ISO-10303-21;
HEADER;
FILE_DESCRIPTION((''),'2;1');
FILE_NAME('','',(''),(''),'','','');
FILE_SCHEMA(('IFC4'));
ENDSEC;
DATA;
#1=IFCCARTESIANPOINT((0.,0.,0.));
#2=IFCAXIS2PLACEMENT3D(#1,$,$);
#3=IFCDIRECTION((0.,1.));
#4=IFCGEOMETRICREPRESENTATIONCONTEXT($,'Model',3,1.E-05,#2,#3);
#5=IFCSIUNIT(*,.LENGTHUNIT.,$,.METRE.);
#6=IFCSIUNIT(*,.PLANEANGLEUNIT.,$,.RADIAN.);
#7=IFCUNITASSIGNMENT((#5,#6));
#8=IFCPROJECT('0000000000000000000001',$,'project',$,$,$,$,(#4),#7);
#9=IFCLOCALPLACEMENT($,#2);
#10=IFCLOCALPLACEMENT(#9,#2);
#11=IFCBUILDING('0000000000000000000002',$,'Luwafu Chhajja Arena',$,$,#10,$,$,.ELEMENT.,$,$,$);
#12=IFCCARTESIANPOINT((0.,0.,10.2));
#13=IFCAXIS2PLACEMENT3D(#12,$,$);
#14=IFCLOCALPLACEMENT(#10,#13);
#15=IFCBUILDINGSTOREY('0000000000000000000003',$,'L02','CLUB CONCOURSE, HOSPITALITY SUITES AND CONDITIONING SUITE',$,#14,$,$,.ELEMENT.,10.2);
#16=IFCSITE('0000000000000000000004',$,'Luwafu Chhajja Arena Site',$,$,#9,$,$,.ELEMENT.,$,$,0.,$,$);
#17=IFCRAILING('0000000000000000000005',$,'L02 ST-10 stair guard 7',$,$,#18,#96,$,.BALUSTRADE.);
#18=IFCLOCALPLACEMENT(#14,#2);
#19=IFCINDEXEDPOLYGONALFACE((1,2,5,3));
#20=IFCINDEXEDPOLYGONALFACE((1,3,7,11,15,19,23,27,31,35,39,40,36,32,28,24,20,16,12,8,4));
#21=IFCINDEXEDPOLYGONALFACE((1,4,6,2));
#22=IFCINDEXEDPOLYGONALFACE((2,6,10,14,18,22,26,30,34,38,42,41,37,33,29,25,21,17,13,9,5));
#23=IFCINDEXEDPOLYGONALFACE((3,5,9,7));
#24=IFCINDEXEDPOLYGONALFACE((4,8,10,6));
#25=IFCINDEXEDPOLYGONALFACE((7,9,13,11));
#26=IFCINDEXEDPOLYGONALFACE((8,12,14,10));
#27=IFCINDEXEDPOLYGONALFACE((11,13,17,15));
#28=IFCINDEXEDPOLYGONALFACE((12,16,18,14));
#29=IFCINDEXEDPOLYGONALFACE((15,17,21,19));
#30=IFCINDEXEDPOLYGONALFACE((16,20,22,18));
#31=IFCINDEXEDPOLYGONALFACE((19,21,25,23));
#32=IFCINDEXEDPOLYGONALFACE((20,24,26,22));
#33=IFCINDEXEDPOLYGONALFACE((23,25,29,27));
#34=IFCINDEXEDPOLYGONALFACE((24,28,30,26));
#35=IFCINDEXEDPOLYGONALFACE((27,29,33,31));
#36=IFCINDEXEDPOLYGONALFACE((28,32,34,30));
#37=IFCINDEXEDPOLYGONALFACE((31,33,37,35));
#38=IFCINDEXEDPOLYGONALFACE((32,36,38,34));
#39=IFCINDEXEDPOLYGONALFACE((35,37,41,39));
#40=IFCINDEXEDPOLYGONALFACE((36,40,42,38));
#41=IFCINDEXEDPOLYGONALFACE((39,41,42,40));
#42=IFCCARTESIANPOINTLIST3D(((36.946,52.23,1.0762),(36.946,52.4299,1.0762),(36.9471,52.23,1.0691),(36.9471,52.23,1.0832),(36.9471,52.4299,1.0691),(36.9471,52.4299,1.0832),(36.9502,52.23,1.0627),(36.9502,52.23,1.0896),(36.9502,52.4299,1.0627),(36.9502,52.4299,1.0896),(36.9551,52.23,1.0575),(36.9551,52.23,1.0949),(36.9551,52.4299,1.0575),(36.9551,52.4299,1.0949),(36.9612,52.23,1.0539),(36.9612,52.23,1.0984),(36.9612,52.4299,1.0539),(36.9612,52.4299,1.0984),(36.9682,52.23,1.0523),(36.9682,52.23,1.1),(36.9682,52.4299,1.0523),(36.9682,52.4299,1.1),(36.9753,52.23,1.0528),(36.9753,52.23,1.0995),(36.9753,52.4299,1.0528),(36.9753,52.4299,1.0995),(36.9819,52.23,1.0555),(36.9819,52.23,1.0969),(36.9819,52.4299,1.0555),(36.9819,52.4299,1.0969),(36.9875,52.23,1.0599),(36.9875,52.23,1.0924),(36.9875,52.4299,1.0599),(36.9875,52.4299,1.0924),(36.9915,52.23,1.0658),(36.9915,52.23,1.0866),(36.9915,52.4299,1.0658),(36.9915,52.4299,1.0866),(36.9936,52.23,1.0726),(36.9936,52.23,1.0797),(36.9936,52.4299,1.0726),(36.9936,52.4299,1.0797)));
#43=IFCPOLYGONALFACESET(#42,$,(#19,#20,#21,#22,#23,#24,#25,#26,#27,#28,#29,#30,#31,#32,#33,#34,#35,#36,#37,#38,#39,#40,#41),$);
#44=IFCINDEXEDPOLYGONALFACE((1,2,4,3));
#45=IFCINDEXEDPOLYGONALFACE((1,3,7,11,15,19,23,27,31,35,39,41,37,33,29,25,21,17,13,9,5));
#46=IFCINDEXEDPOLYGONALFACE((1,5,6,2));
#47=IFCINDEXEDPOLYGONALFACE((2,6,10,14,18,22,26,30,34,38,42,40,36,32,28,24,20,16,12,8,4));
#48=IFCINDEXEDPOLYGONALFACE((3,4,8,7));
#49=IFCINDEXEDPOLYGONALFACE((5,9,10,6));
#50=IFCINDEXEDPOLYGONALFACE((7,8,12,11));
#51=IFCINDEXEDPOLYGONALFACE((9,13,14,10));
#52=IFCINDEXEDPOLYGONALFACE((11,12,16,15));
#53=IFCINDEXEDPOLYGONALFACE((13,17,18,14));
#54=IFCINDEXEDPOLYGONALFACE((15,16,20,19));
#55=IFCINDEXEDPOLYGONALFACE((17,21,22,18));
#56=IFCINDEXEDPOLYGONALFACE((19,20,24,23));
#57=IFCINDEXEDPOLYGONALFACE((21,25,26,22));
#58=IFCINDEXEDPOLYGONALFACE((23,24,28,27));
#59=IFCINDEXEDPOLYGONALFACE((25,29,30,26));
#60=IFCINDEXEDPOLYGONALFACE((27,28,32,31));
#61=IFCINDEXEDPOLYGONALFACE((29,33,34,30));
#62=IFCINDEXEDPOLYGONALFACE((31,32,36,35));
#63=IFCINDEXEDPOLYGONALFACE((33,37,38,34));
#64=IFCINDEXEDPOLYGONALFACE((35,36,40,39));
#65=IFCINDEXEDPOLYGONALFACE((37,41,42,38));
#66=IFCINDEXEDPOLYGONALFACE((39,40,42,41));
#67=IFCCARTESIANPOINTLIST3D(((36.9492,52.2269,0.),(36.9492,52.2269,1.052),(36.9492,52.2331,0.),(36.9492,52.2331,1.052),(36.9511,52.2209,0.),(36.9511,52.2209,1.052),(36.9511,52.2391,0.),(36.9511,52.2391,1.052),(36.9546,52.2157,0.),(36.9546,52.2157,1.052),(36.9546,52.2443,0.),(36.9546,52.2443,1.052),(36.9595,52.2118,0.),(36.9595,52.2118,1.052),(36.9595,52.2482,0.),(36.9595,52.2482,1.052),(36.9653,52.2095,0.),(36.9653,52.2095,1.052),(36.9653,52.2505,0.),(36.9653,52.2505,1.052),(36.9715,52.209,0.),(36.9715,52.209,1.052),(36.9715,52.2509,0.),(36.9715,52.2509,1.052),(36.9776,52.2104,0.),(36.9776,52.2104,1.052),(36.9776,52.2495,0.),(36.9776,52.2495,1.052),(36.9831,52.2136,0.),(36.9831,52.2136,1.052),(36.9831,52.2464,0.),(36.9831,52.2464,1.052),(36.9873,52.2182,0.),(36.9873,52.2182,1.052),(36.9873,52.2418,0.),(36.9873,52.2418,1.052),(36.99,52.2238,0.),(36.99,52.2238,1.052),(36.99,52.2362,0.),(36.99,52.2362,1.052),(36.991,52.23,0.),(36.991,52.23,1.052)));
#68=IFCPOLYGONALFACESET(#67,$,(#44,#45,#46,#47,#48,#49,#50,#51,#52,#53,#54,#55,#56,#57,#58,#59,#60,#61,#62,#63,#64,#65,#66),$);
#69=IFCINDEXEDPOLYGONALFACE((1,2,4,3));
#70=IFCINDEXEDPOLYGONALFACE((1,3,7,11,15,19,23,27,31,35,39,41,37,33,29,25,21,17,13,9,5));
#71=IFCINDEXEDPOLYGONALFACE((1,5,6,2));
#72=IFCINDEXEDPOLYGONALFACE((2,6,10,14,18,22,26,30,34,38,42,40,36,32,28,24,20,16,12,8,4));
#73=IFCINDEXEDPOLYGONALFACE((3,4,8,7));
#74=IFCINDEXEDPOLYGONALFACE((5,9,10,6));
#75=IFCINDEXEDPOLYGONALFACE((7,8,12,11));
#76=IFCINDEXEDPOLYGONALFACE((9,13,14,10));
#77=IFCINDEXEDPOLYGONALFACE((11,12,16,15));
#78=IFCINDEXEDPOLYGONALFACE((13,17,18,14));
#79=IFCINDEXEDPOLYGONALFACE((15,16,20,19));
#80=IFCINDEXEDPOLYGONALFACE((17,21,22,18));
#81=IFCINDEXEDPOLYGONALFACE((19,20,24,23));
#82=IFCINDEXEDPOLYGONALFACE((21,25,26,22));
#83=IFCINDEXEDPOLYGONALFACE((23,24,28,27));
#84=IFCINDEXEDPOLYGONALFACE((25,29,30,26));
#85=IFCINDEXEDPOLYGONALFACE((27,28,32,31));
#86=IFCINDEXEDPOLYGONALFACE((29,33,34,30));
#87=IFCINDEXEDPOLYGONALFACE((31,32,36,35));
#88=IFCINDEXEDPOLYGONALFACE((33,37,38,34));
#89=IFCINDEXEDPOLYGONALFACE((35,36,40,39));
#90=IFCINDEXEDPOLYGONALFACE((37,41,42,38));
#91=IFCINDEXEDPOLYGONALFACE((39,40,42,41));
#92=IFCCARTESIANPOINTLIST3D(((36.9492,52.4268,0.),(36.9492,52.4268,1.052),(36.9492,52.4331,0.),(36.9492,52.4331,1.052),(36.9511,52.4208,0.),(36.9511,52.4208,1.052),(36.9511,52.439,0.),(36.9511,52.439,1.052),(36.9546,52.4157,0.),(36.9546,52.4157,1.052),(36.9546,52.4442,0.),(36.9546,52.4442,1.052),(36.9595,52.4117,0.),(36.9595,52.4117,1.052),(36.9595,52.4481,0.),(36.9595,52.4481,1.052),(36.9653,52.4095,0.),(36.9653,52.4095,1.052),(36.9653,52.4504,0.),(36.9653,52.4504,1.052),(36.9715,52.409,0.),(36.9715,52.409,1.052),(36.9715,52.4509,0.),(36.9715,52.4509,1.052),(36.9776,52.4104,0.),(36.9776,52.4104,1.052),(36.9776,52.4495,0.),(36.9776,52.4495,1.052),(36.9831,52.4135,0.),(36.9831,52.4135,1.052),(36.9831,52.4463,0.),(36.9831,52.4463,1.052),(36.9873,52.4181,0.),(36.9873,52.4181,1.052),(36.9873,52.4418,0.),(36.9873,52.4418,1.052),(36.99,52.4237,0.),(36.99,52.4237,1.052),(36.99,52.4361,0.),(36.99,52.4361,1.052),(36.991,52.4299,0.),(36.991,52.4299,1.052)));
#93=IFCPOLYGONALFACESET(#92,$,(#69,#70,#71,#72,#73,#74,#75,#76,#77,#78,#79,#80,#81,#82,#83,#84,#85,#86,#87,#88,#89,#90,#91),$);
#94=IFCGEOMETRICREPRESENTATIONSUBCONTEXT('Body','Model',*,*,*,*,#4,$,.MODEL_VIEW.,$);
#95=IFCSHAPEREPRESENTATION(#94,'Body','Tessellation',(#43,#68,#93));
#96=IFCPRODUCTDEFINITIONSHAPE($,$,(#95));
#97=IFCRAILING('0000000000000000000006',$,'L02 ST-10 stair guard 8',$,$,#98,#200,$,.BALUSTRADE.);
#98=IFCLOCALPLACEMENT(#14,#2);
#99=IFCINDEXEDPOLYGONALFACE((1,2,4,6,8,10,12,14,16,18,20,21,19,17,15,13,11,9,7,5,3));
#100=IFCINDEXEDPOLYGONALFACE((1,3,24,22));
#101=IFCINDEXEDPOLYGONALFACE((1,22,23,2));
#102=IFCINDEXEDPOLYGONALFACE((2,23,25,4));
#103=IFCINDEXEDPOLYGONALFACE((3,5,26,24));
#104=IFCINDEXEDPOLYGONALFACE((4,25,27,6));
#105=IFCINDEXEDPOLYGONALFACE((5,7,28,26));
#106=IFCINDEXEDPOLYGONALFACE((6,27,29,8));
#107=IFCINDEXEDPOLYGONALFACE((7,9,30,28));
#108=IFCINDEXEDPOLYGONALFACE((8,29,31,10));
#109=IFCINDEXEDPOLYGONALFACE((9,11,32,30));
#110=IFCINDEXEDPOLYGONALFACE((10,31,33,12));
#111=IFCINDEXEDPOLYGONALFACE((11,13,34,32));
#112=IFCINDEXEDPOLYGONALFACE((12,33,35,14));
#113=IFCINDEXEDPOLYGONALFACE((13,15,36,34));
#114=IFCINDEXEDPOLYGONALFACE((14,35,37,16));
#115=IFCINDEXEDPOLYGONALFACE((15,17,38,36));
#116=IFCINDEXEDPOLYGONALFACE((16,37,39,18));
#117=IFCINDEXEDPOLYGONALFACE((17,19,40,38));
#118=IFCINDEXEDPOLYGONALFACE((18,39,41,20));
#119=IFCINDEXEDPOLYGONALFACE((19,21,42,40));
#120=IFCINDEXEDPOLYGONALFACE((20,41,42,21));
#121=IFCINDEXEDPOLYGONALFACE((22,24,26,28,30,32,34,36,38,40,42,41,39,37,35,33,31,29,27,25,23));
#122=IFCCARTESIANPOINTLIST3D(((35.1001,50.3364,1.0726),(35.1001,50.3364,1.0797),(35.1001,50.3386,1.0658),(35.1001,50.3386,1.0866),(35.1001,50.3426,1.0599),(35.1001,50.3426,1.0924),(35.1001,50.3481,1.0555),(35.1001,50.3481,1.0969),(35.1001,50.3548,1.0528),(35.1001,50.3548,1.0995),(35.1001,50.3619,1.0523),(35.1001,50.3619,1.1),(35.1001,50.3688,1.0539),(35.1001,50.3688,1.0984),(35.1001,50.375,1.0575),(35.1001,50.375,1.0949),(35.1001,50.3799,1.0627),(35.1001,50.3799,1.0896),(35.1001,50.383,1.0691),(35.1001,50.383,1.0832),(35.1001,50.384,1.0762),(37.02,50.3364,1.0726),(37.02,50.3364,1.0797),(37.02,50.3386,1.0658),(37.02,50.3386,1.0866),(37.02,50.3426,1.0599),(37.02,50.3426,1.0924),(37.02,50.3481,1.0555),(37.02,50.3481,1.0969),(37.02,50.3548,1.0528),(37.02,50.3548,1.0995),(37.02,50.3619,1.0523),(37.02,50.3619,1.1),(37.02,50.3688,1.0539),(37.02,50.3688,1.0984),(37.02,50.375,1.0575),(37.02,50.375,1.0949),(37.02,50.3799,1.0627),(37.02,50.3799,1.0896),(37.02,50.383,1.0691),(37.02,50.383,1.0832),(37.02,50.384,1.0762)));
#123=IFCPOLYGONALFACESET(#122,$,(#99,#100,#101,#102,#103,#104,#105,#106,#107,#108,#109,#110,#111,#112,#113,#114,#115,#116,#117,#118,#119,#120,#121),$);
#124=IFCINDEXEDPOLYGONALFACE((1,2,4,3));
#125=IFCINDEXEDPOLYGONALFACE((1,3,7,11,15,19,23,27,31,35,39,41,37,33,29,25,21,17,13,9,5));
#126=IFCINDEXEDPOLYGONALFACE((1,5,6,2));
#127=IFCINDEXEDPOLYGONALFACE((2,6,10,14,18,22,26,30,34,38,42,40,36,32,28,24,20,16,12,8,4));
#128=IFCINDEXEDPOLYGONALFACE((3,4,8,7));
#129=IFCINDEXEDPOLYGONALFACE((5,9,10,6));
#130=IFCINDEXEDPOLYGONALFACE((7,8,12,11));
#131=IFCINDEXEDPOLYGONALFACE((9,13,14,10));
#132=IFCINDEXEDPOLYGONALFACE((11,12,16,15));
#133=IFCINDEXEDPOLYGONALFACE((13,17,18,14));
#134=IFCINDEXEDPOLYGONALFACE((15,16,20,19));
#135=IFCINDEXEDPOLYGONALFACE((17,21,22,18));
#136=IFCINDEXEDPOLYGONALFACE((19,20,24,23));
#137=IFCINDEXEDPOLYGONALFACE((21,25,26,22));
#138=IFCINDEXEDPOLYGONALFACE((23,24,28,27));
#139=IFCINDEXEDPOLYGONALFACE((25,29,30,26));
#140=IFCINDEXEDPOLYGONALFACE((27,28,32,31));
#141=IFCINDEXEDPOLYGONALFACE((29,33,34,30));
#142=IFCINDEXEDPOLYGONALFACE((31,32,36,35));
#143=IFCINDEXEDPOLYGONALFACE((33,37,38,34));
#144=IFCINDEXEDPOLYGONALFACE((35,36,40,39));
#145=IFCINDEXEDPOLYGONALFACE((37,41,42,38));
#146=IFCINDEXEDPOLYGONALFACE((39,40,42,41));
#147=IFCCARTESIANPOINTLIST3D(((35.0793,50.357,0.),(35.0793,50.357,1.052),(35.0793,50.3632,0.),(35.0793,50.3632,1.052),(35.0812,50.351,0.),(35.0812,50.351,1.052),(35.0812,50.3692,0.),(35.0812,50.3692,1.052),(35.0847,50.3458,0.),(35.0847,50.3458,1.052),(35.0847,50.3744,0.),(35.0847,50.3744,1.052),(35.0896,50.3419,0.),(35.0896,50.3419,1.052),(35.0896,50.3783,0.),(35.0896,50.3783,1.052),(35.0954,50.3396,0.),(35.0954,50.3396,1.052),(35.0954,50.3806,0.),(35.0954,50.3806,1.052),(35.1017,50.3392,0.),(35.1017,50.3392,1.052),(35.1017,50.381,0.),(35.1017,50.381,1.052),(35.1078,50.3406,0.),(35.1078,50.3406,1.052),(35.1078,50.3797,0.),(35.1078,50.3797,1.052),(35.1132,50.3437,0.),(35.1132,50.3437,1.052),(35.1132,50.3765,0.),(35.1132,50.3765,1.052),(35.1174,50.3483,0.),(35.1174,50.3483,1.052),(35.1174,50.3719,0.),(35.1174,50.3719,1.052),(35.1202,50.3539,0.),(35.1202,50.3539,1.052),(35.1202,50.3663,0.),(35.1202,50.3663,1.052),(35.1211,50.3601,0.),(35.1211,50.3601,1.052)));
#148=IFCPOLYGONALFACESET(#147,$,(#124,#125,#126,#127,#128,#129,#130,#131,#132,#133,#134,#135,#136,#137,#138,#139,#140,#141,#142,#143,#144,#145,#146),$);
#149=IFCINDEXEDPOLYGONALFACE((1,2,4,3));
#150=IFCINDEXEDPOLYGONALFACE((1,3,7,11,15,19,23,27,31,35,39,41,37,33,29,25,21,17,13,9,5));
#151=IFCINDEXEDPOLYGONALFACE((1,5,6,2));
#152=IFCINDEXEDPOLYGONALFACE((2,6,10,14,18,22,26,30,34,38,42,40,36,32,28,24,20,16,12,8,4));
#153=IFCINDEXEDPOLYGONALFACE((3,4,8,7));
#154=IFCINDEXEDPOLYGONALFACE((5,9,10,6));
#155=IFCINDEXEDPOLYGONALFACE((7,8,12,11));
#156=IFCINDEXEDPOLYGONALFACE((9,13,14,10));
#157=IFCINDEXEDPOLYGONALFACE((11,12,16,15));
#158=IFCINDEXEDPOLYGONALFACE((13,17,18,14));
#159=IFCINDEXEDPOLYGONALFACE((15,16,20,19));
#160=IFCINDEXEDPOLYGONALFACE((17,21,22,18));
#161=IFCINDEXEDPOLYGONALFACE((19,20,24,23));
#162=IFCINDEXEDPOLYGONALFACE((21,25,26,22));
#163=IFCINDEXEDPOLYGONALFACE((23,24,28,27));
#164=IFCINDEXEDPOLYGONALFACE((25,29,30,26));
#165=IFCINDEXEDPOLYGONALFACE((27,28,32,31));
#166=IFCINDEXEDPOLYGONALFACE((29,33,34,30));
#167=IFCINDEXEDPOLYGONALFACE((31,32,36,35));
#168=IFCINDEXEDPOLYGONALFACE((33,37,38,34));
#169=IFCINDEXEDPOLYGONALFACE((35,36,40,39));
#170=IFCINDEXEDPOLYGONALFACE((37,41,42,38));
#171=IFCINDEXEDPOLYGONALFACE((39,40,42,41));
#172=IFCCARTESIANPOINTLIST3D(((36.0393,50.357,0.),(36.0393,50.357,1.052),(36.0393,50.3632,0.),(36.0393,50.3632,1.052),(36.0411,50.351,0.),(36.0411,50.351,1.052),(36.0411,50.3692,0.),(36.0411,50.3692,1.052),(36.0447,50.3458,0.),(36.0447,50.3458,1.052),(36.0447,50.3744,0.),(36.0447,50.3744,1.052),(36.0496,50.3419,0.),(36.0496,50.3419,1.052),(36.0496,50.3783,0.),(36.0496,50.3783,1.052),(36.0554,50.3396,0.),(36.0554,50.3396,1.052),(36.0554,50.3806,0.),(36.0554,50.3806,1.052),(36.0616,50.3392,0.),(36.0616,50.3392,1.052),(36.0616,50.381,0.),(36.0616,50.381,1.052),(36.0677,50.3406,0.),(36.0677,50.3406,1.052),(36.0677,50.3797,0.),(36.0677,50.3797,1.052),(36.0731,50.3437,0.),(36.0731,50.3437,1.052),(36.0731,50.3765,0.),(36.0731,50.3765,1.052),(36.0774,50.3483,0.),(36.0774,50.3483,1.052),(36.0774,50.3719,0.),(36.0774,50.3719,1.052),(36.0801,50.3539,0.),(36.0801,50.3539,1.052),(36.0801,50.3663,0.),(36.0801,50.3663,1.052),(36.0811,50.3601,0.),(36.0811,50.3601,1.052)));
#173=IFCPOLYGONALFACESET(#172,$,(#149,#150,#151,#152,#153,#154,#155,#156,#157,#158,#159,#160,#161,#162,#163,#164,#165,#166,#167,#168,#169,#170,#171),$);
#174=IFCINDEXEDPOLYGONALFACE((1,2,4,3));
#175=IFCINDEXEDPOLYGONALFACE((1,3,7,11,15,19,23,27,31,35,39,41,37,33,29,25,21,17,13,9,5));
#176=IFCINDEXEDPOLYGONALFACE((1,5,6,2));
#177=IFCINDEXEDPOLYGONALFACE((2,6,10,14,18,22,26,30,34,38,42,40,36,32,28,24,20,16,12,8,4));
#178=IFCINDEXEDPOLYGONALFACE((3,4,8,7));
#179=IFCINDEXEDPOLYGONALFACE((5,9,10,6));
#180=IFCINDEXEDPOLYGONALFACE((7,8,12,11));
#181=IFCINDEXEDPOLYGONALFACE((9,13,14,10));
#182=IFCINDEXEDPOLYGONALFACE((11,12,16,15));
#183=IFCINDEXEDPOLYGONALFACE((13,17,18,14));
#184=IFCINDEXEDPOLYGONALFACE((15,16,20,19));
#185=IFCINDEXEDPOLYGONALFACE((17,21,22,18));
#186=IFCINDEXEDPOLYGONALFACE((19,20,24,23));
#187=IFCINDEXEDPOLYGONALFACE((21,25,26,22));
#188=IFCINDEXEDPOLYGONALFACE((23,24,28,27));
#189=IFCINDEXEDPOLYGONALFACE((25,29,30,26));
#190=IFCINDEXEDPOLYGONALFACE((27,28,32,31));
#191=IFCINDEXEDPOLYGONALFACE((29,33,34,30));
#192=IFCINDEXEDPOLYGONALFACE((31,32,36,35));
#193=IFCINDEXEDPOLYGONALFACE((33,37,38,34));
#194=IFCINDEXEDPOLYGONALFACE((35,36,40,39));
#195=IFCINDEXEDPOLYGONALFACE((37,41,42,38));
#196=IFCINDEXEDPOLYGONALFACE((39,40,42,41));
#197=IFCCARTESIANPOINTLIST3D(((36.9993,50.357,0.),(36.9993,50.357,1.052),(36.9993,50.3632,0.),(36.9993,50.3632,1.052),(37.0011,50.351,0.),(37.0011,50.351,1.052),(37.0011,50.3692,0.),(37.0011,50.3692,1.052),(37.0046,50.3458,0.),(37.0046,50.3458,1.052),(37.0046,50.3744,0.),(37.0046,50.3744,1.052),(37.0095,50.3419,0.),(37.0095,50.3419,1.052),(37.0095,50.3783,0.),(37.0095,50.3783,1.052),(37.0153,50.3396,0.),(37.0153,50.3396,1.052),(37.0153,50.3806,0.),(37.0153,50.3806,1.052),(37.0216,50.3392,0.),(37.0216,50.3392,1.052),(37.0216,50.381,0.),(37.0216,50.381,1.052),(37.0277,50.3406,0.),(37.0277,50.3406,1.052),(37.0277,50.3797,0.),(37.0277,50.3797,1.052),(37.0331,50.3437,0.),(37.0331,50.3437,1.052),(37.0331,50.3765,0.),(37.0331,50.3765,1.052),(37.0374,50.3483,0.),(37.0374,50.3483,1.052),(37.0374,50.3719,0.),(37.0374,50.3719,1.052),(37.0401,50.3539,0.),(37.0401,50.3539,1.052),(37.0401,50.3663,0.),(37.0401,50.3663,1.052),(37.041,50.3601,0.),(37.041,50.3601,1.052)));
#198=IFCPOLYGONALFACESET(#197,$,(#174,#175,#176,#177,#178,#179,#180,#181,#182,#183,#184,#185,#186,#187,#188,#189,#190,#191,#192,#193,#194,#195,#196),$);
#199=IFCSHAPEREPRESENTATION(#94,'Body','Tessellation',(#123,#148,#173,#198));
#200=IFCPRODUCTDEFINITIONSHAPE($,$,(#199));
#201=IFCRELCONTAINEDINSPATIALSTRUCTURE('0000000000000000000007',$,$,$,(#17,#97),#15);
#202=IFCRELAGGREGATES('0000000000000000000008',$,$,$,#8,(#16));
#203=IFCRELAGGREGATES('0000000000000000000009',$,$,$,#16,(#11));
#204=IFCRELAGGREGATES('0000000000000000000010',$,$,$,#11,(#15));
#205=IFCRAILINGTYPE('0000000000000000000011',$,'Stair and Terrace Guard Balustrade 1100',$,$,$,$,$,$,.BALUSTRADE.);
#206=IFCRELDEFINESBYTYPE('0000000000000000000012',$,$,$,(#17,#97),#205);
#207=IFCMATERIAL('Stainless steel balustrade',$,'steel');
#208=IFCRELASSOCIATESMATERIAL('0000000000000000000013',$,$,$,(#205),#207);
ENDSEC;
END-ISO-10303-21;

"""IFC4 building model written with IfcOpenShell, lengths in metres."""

from ifc_helpers import new_model, si_unit, direction, frame, origin, origin_2d, place, context, subcontext, project, spatial, circle, extrude, material, type_object, element, save


model = new_model("IFC4")

# Units and contexts
model_context = context("Model", 3, precision=1e-05, world=origin(), true_north=direction((0.0, 1.0)))
body_context = subcontext(model_context, "Body", "Model", "MODEL_VIEW")
ifc_project = project(units=[si_unit("LENGTHUNIT", "METRE"), si_unit("PLANEANGLEUNIT", "RADIAN")], contexts=[model_context])

# Site, building, storey
site_placement = place(None, origin())
site = spatial("IfcSite", under=ifc_project, at=site_placement, Name="Luwafu Chhajja Arena Site", CompositionType="ELEMENT", RefElevation=0.0)
building_placement = place(site_placement, origin())
building = spatial("IfcBuilding", under=site, at=building_placement, Name="Luwafu Chhajja Arena", CompositionType="ELEMENT")
storey_placement = place(building_placement, frame((0.0, 0.0, 10.2)))
storey = spatial("IfcBuildingStorey", under=building, at=storey_placement, Name="L02", Description="CLUB CONCOURSE, HOSPITALITY SUITES AND CONDITIONING SUITE", CompositionType="ELEMENT", Elevation=10.2)

# Railings
ifc_material_1 = material(Name="Stainless steel balustrade", Category="steel")
railing_type_1 = type_object("IfcRailingType", Name="Stair and Terrace Guard Balustrade 1100", PredefinedType="BALUSTRADE", material=ifc_material_1)
railing_1_placement = place(storey_placement, frame((36.97, 52.23, 0.0)))
element("IfcRailing", 1, at=railing_1_placement, inside=storey, type_object=railing_type_1, Name="L02 ST-10 stair guard 7", PredefinedType="BALUSTRADE", context=body_context, shape_type="SweptSolid", body=[
    extrude(circle(Radius=0.0239, at=origin_2d()), frame((0.0, 0.0, 1.0762), z_axis=(0.0, 1.0, 0.0), x_axis=(-1.0, 0.0, 0.0)), (0.0, 0.0, 1.0), 0.2),
    extrude(circle(Radius=0.021, at=origin_2d()), origin(), (0.0, 0.0, 1.0), 1.052),
    extrude(circle(Radius=0.021, at=origin_2d()), frame((0.0, 0.2, 0.0)), (0.0, 0.0, 1.0), 1.052),
])
for number, where, name in (
    (2, (35.1001, 50.3601, 0.0), "L02 ST-10 stair guard 8"),
):
    element("IfcRailing", number, at=place(storey_placement, frame(where)), inside=storey, type_object=railing_type_1, Name=name, PredefinedType="BALUSTRADE", context=body_context, shape_type="SweptSolid", body=[
        extrude(circle(Radius=0.0239, at=origin_2d()), frame((0.0, 0.0, 1.0762), z_axis=(1.0, 0.0, 0.0), x_axis=(0.0, 1.0, 0.0)), (0.0, 0.0, 1.0), 1.9199),
        extrude(circle(Radius=0.021, at=origin_2d()), origin(), (0.0, 0.0, 1.0), 1.052),
        extrude(circle(Radius=0.021, at=origin_2d()), frame((0.96, 0.0, 0.0)), (0.0, 0.0, 1.0), 1.052),
        extrude(circle(Radius=0.021, at=origin_2d()), frame((1.9199, 0.0, 0.0)), (0.0, 0.0, 1.0), 1.052),
    ])

save(model, "model.ifc")
